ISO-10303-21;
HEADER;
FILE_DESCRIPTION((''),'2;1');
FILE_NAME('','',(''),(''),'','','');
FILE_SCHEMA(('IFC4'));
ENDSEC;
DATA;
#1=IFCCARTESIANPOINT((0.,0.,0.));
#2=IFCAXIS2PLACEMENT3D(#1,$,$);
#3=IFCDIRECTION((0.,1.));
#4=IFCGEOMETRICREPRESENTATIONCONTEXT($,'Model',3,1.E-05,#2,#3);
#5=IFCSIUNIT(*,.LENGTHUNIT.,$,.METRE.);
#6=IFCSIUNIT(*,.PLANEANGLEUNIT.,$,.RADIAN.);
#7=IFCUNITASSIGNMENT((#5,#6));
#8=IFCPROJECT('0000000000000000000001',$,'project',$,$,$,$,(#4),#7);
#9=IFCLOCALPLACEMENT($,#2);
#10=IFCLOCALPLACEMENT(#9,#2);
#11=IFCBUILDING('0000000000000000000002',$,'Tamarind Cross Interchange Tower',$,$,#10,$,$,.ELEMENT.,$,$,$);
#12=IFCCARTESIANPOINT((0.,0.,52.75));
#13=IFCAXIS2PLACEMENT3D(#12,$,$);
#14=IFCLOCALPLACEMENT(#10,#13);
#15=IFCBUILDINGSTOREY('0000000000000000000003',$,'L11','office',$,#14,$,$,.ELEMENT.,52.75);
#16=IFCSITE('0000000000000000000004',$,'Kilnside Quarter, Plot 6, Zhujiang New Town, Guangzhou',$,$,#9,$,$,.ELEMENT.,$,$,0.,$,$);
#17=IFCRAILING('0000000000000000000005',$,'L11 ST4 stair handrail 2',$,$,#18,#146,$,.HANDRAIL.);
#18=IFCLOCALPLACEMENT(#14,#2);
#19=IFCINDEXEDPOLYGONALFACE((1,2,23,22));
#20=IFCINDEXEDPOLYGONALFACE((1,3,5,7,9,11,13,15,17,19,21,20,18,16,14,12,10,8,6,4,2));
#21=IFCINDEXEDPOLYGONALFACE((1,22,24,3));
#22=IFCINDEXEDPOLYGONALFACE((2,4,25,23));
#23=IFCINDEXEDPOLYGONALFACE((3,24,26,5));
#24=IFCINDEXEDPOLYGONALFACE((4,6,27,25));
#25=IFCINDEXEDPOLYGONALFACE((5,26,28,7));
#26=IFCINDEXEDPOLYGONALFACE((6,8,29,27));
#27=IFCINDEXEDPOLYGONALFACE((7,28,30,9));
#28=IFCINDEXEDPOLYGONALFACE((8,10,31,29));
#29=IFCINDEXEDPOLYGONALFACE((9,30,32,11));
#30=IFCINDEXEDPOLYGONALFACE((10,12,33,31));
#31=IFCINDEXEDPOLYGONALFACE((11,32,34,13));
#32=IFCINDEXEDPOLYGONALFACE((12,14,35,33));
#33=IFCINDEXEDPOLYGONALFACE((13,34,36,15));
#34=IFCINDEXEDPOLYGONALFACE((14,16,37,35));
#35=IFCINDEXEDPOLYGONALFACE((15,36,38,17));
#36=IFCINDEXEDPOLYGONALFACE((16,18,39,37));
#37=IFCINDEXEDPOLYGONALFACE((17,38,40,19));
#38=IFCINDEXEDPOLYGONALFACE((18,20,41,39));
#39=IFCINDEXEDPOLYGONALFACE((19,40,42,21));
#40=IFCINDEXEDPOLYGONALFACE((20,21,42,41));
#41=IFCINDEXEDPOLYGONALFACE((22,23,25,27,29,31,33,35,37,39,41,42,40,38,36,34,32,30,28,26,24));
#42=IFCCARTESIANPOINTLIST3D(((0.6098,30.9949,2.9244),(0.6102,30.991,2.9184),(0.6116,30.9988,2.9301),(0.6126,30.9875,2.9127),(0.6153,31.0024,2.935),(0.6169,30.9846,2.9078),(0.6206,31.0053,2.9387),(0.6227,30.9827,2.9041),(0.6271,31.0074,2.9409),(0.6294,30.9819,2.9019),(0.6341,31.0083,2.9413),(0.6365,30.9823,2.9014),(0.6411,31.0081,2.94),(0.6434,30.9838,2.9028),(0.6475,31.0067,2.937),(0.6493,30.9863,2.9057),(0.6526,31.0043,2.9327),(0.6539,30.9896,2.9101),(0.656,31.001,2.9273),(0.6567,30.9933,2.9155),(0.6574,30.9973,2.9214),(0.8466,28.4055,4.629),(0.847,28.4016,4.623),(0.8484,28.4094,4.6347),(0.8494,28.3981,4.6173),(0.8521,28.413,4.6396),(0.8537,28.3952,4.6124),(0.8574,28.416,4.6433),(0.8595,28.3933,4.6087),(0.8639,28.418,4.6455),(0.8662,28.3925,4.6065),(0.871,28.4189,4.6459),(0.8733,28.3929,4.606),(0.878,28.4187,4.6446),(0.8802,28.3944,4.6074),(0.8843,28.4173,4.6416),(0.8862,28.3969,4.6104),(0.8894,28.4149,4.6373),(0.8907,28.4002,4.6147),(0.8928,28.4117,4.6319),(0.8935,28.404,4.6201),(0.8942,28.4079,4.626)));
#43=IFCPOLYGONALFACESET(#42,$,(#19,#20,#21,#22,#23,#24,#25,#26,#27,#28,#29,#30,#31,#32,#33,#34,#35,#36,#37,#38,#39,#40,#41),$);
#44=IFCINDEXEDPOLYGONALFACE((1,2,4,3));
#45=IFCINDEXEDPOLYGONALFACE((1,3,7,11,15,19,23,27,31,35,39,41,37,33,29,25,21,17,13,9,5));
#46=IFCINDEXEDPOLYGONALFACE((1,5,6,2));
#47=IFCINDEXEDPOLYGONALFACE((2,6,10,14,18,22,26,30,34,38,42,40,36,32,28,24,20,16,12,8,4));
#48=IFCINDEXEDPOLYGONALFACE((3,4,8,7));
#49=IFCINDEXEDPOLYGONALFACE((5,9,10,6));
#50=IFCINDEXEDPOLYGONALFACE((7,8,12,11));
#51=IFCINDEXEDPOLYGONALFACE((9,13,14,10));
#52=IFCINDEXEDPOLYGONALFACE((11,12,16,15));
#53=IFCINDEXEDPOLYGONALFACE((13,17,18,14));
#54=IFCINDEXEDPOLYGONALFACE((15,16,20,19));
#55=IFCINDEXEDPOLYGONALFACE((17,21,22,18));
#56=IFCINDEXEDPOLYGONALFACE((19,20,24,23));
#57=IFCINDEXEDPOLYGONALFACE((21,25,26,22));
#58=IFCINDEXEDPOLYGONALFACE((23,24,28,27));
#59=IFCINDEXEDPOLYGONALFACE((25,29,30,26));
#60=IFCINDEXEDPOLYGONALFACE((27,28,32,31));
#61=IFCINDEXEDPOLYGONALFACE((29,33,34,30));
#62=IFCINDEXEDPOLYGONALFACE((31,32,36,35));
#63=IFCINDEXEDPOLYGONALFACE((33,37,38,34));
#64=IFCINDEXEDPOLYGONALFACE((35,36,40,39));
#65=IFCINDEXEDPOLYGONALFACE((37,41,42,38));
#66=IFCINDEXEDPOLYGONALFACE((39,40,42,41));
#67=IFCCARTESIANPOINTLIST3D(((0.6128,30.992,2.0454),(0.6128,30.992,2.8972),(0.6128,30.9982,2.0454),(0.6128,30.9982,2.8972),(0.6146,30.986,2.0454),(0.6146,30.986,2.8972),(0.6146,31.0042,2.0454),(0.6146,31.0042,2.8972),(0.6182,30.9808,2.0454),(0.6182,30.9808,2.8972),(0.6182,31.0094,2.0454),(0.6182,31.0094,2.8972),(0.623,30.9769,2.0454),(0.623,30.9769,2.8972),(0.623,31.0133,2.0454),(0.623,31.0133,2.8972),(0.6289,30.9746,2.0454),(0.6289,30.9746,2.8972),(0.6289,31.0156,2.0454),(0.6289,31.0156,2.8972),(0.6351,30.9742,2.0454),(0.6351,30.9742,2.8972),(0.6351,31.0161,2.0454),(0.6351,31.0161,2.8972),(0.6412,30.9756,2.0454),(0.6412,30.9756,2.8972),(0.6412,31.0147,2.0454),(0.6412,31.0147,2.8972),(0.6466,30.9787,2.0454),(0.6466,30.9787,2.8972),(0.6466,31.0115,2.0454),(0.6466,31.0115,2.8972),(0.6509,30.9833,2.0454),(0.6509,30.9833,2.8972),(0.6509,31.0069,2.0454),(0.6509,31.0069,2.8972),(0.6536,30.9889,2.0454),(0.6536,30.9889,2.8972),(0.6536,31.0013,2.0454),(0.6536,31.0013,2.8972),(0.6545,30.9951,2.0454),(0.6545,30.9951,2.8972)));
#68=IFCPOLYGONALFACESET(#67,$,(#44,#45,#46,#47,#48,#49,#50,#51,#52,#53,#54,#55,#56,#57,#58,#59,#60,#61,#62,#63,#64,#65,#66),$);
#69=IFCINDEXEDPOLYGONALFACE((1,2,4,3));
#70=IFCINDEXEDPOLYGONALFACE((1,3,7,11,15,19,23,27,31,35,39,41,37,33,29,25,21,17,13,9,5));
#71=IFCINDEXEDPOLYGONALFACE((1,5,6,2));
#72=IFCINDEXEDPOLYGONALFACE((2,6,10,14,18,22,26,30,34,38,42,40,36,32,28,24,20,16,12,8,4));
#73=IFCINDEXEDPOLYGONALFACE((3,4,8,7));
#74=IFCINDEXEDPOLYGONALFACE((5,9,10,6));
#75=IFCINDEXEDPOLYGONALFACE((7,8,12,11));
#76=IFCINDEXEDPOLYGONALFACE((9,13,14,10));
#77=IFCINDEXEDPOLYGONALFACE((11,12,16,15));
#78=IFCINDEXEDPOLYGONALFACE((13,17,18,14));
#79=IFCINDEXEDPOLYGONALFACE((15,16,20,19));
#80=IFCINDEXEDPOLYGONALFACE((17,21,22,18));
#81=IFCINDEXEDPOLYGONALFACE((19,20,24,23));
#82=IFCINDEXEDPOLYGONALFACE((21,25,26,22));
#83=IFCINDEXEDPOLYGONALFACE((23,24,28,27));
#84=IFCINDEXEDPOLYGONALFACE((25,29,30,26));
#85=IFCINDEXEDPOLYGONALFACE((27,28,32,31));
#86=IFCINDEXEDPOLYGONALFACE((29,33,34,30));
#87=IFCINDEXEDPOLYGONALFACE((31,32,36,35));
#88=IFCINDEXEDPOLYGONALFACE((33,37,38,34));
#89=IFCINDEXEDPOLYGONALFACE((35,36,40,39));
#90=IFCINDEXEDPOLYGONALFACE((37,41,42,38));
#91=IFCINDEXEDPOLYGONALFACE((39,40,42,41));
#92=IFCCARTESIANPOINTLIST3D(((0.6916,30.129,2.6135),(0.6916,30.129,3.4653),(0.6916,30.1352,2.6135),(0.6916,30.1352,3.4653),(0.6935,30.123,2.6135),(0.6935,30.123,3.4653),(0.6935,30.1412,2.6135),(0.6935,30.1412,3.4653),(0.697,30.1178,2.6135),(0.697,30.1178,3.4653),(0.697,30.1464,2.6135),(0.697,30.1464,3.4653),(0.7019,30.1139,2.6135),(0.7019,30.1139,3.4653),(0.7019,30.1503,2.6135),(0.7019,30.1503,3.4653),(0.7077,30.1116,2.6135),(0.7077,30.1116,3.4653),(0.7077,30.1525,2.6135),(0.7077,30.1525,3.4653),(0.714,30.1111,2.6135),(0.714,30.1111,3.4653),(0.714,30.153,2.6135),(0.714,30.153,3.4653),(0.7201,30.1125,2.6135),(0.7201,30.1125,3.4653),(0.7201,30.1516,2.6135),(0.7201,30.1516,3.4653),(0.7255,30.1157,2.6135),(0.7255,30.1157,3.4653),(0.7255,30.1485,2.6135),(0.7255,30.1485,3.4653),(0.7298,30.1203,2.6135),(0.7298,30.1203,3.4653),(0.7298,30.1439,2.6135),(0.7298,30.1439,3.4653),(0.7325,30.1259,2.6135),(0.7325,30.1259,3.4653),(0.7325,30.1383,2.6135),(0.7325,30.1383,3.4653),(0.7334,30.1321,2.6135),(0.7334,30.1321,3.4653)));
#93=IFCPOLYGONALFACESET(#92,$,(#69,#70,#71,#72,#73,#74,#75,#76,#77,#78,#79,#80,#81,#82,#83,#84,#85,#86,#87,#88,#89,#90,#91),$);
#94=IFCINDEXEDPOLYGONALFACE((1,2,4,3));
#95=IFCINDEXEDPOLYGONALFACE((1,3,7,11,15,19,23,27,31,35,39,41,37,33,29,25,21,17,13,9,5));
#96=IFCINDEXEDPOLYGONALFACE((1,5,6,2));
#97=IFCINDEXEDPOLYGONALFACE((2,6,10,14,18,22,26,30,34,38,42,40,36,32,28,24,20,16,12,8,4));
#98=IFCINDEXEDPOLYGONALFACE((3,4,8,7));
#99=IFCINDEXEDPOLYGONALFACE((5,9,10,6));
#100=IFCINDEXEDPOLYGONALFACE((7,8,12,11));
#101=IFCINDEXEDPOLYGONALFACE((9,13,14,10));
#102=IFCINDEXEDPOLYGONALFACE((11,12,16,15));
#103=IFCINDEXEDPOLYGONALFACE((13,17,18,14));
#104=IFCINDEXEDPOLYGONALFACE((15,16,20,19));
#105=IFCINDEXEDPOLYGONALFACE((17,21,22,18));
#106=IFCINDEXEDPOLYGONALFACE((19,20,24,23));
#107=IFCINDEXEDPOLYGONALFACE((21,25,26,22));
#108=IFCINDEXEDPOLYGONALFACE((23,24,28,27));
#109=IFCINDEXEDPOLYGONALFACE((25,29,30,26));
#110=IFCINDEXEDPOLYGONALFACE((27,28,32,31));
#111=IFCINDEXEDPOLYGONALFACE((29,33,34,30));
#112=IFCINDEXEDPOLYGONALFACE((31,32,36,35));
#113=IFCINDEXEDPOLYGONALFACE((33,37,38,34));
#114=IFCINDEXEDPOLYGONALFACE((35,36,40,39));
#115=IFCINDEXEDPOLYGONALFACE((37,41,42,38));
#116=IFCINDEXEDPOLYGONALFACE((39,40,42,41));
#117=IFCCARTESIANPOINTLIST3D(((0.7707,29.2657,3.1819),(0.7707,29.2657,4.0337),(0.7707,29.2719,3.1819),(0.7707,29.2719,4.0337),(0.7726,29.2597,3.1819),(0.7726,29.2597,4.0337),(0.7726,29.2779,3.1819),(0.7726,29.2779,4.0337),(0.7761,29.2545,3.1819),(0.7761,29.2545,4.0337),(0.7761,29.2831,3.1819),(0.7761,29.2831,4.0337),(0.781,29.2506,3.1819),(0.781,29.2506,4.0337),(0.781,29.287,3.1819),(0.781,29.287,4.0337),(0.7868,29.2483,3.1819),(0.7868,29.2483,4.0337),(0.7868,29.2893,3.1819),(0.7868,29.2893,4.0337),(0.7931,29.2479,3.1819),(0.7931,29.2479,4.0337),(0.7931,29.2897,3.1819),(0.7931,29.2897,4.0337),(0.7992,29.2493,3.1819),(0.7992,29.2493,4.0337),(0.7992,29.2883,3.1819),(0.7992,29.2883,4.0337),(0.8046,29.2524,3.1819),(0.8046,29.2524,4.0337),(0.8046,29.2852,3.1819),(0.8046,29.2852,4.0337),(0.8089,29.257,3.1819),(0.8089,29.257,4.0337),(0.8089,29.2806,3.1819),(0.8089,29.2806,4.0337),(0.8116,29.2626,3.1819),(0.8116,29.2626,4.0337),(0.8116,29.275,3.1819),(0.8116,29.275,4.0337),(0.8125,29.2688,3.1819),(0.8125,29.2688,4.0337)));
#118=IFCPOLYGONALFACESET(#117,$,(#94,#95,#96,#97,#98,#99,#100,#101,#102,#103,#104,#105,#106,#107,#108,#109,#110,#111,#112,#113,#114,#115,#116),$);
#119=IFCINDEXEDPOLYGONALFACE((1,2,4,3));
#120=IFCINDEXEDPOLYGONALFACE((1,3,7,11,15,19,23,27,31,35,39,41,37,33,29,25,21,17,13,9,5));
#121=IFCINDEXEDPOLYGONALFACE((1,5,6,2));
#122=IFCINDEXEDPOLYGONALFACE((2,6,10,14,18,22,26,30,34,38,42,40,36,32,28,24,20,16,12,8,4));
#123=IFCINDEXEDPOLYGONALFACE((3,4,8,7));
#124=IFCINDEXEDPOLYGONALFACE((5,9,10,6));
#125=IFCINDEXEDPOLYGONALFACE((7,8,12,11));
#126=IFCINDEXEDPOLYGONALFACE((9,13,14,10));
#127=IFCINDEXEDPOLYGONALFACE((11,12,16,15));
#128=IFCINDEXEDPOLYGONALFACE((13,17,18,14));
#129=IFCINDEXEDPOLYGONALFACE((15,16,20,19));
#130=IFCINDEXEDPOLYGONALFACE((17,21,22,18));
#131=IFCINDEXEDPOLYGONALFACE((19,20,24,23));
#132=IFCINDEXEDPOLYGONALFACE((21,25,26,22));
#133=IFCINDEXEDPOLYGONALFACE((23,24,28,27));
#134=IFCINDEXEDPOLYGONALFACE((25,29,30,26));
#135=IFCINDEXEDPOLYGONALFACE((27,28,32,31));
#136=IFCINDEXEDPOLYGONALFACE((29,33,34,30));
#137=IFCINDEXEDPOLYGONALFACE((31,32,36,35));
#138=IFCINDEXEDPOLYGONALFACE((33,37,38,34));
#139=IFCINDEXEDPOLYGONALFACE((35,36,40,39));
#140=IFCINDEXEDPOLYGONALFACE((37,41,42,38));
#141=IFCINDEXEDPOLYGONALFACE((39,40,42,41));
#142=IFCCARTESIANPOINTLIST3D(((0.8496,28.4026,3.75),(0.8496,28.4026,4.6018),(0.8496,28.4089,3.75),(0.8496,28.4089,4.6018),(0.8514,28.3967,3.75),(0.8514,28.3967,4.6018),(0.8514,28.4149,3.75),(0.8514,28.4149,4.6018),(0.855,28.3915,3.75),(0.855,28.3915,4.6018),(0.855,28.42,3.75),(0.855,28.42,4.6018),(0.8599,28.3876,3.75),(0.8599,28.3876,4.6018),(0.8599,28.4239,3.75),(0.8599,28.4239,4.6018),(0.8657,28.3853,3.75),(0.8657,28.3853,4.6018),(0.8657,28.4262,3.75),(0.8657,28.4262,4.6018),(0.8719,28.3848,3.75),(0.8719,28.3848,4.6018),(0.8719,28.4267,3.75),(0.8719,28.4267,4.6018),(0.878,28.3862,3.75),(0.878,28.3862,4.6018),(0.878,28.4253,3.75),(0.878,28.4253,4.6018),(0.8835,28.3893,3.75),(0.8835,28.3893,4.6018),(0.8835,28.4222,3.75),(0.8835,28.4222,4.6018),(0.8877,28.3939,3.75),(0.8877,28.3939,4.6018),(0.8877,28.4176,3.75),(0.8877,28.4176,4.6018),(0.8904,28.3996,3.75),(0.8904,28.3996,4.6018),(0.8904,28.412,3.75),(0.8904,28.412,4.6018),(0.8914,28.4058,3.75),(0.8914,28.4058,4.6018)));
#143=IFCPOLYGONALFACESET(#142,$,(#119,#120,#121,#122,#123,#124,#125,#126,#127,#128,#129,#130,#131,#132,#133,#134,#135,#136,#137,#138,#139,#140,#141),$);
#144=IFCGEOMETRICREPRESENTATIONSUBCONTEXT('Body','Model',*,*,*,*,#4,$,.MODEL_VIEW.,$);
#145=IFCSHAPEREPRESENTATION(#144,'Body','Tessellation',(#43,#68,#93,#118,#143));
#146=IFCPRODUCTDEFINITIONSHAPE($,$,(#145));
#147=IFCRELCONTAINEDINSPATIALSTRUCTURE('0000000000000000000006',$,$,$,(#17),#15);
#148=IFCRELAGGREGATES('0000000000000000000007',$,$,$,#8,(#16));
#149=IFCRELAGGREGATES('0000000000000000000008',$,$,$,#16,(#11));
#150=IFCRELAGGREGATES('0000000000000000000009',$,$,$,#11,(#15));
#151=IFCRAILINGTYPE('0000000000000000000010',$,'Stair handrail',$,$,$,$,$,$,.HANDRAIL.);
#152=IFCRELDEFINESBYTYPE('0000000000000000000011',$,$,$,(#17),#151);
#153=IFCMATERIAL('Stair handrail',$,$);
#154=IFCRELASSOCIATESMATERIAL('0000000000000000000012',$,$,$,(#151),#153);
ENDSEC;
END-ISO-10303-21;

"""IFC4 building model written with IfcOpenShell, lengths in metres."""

from ifc_helpers import new_model, si_unit, direction, frame, origin, origin_2d, place, context, subcontext, project, spatial, circle, extrude, material, type_object, element, save


model = new_model("IFC4")

# Units and contexts
model_context = context("Model", 3, precision=1e-05, world=origin(), true_north=direction((0.0, 1.0)))
body_context = subcontext(model_context, "Body", "Model", "MODEL_VIEW")
ifc_project = project(units=[si_unit("LENGTHUNIT", "METRE"), si_unit("PLANEANGLEUNIT", "RADIAN")], contexts=[model_context])

# Site, building, storey
site_placement = place(None, origin())
site = spatial("IfcSite", under=ifc_project, at=site_placement, Name="Kilnside Quarter, Plot 6, Zhujiang New Town, Guangzhou", CompositionType="ELEMENT", RefElevation=0.0)
building_placement = place(site_placement, origin())
building = spatial("IfcBuilding", under=site, at=building_placement, Name="Tamarind Cross Interchange Tower", CompositionType="ELEMENT")
storey_placement = place(building_placement, frame((0.0, 0.0, 52.75)))
storey = spatial("IfcBuildingStorey", under=building, at=storey_placement, Name="L11", Description="office", CompositionType="ELEMENT", Elevation=52.75)

# Railing
ifc_material_1 = material(Name="Stair handrail")
railing_type_1 = type_object("IfcRailingType", Name="Stair handrail", PredefinedType="HANDRAIL", material=ifc_material_1)
railing_1_placement = place(storey_placement, frame((0.6335, 30.9951, 2.0454)))
element("IfcRailing", 1, at=railing_1_placement, inside=storey, type_object=railing_type_1, Name="L11 ST4 stair handrail 2", PredefinedType="HANDRAIL", context=body_context, shape_type="SweptSolid", body=[
    extrude(circle(Radius=0.0239, at=origin_2d()), frame((0.0, 0.0, 0.876), z_axis=(0.076169, -0.832833, 0.548259), x_axis=(0.995844, 0.091078, 0.0)), (0.0, 0.0, 1.0), 3.1091),
    extrude(circle(Radius=0.021, at=origin_2d()), origin(), (0.0, 0.0, 1.0), 0.8518),
    extrude(circle(Radius=0.021, at=origin_2d()), frame((0.0789, -0.863, 0.5681)), (0.0, 0.0, 1.0), 0.8518),
    extrude(circle(Radius=0.021, at=origin_2d()), frame((0.158, -1.7263, 1.1365)), (0.0, 0.0, 1.0), 0.8518),
    extrude(circle(Radius=0.021, at=origin_2d()), frame((0.2368, -2.5894, 1.7046)), (0.0, 0.0, 1.0), 0.8518),
])

save(model, "model.ifc")
